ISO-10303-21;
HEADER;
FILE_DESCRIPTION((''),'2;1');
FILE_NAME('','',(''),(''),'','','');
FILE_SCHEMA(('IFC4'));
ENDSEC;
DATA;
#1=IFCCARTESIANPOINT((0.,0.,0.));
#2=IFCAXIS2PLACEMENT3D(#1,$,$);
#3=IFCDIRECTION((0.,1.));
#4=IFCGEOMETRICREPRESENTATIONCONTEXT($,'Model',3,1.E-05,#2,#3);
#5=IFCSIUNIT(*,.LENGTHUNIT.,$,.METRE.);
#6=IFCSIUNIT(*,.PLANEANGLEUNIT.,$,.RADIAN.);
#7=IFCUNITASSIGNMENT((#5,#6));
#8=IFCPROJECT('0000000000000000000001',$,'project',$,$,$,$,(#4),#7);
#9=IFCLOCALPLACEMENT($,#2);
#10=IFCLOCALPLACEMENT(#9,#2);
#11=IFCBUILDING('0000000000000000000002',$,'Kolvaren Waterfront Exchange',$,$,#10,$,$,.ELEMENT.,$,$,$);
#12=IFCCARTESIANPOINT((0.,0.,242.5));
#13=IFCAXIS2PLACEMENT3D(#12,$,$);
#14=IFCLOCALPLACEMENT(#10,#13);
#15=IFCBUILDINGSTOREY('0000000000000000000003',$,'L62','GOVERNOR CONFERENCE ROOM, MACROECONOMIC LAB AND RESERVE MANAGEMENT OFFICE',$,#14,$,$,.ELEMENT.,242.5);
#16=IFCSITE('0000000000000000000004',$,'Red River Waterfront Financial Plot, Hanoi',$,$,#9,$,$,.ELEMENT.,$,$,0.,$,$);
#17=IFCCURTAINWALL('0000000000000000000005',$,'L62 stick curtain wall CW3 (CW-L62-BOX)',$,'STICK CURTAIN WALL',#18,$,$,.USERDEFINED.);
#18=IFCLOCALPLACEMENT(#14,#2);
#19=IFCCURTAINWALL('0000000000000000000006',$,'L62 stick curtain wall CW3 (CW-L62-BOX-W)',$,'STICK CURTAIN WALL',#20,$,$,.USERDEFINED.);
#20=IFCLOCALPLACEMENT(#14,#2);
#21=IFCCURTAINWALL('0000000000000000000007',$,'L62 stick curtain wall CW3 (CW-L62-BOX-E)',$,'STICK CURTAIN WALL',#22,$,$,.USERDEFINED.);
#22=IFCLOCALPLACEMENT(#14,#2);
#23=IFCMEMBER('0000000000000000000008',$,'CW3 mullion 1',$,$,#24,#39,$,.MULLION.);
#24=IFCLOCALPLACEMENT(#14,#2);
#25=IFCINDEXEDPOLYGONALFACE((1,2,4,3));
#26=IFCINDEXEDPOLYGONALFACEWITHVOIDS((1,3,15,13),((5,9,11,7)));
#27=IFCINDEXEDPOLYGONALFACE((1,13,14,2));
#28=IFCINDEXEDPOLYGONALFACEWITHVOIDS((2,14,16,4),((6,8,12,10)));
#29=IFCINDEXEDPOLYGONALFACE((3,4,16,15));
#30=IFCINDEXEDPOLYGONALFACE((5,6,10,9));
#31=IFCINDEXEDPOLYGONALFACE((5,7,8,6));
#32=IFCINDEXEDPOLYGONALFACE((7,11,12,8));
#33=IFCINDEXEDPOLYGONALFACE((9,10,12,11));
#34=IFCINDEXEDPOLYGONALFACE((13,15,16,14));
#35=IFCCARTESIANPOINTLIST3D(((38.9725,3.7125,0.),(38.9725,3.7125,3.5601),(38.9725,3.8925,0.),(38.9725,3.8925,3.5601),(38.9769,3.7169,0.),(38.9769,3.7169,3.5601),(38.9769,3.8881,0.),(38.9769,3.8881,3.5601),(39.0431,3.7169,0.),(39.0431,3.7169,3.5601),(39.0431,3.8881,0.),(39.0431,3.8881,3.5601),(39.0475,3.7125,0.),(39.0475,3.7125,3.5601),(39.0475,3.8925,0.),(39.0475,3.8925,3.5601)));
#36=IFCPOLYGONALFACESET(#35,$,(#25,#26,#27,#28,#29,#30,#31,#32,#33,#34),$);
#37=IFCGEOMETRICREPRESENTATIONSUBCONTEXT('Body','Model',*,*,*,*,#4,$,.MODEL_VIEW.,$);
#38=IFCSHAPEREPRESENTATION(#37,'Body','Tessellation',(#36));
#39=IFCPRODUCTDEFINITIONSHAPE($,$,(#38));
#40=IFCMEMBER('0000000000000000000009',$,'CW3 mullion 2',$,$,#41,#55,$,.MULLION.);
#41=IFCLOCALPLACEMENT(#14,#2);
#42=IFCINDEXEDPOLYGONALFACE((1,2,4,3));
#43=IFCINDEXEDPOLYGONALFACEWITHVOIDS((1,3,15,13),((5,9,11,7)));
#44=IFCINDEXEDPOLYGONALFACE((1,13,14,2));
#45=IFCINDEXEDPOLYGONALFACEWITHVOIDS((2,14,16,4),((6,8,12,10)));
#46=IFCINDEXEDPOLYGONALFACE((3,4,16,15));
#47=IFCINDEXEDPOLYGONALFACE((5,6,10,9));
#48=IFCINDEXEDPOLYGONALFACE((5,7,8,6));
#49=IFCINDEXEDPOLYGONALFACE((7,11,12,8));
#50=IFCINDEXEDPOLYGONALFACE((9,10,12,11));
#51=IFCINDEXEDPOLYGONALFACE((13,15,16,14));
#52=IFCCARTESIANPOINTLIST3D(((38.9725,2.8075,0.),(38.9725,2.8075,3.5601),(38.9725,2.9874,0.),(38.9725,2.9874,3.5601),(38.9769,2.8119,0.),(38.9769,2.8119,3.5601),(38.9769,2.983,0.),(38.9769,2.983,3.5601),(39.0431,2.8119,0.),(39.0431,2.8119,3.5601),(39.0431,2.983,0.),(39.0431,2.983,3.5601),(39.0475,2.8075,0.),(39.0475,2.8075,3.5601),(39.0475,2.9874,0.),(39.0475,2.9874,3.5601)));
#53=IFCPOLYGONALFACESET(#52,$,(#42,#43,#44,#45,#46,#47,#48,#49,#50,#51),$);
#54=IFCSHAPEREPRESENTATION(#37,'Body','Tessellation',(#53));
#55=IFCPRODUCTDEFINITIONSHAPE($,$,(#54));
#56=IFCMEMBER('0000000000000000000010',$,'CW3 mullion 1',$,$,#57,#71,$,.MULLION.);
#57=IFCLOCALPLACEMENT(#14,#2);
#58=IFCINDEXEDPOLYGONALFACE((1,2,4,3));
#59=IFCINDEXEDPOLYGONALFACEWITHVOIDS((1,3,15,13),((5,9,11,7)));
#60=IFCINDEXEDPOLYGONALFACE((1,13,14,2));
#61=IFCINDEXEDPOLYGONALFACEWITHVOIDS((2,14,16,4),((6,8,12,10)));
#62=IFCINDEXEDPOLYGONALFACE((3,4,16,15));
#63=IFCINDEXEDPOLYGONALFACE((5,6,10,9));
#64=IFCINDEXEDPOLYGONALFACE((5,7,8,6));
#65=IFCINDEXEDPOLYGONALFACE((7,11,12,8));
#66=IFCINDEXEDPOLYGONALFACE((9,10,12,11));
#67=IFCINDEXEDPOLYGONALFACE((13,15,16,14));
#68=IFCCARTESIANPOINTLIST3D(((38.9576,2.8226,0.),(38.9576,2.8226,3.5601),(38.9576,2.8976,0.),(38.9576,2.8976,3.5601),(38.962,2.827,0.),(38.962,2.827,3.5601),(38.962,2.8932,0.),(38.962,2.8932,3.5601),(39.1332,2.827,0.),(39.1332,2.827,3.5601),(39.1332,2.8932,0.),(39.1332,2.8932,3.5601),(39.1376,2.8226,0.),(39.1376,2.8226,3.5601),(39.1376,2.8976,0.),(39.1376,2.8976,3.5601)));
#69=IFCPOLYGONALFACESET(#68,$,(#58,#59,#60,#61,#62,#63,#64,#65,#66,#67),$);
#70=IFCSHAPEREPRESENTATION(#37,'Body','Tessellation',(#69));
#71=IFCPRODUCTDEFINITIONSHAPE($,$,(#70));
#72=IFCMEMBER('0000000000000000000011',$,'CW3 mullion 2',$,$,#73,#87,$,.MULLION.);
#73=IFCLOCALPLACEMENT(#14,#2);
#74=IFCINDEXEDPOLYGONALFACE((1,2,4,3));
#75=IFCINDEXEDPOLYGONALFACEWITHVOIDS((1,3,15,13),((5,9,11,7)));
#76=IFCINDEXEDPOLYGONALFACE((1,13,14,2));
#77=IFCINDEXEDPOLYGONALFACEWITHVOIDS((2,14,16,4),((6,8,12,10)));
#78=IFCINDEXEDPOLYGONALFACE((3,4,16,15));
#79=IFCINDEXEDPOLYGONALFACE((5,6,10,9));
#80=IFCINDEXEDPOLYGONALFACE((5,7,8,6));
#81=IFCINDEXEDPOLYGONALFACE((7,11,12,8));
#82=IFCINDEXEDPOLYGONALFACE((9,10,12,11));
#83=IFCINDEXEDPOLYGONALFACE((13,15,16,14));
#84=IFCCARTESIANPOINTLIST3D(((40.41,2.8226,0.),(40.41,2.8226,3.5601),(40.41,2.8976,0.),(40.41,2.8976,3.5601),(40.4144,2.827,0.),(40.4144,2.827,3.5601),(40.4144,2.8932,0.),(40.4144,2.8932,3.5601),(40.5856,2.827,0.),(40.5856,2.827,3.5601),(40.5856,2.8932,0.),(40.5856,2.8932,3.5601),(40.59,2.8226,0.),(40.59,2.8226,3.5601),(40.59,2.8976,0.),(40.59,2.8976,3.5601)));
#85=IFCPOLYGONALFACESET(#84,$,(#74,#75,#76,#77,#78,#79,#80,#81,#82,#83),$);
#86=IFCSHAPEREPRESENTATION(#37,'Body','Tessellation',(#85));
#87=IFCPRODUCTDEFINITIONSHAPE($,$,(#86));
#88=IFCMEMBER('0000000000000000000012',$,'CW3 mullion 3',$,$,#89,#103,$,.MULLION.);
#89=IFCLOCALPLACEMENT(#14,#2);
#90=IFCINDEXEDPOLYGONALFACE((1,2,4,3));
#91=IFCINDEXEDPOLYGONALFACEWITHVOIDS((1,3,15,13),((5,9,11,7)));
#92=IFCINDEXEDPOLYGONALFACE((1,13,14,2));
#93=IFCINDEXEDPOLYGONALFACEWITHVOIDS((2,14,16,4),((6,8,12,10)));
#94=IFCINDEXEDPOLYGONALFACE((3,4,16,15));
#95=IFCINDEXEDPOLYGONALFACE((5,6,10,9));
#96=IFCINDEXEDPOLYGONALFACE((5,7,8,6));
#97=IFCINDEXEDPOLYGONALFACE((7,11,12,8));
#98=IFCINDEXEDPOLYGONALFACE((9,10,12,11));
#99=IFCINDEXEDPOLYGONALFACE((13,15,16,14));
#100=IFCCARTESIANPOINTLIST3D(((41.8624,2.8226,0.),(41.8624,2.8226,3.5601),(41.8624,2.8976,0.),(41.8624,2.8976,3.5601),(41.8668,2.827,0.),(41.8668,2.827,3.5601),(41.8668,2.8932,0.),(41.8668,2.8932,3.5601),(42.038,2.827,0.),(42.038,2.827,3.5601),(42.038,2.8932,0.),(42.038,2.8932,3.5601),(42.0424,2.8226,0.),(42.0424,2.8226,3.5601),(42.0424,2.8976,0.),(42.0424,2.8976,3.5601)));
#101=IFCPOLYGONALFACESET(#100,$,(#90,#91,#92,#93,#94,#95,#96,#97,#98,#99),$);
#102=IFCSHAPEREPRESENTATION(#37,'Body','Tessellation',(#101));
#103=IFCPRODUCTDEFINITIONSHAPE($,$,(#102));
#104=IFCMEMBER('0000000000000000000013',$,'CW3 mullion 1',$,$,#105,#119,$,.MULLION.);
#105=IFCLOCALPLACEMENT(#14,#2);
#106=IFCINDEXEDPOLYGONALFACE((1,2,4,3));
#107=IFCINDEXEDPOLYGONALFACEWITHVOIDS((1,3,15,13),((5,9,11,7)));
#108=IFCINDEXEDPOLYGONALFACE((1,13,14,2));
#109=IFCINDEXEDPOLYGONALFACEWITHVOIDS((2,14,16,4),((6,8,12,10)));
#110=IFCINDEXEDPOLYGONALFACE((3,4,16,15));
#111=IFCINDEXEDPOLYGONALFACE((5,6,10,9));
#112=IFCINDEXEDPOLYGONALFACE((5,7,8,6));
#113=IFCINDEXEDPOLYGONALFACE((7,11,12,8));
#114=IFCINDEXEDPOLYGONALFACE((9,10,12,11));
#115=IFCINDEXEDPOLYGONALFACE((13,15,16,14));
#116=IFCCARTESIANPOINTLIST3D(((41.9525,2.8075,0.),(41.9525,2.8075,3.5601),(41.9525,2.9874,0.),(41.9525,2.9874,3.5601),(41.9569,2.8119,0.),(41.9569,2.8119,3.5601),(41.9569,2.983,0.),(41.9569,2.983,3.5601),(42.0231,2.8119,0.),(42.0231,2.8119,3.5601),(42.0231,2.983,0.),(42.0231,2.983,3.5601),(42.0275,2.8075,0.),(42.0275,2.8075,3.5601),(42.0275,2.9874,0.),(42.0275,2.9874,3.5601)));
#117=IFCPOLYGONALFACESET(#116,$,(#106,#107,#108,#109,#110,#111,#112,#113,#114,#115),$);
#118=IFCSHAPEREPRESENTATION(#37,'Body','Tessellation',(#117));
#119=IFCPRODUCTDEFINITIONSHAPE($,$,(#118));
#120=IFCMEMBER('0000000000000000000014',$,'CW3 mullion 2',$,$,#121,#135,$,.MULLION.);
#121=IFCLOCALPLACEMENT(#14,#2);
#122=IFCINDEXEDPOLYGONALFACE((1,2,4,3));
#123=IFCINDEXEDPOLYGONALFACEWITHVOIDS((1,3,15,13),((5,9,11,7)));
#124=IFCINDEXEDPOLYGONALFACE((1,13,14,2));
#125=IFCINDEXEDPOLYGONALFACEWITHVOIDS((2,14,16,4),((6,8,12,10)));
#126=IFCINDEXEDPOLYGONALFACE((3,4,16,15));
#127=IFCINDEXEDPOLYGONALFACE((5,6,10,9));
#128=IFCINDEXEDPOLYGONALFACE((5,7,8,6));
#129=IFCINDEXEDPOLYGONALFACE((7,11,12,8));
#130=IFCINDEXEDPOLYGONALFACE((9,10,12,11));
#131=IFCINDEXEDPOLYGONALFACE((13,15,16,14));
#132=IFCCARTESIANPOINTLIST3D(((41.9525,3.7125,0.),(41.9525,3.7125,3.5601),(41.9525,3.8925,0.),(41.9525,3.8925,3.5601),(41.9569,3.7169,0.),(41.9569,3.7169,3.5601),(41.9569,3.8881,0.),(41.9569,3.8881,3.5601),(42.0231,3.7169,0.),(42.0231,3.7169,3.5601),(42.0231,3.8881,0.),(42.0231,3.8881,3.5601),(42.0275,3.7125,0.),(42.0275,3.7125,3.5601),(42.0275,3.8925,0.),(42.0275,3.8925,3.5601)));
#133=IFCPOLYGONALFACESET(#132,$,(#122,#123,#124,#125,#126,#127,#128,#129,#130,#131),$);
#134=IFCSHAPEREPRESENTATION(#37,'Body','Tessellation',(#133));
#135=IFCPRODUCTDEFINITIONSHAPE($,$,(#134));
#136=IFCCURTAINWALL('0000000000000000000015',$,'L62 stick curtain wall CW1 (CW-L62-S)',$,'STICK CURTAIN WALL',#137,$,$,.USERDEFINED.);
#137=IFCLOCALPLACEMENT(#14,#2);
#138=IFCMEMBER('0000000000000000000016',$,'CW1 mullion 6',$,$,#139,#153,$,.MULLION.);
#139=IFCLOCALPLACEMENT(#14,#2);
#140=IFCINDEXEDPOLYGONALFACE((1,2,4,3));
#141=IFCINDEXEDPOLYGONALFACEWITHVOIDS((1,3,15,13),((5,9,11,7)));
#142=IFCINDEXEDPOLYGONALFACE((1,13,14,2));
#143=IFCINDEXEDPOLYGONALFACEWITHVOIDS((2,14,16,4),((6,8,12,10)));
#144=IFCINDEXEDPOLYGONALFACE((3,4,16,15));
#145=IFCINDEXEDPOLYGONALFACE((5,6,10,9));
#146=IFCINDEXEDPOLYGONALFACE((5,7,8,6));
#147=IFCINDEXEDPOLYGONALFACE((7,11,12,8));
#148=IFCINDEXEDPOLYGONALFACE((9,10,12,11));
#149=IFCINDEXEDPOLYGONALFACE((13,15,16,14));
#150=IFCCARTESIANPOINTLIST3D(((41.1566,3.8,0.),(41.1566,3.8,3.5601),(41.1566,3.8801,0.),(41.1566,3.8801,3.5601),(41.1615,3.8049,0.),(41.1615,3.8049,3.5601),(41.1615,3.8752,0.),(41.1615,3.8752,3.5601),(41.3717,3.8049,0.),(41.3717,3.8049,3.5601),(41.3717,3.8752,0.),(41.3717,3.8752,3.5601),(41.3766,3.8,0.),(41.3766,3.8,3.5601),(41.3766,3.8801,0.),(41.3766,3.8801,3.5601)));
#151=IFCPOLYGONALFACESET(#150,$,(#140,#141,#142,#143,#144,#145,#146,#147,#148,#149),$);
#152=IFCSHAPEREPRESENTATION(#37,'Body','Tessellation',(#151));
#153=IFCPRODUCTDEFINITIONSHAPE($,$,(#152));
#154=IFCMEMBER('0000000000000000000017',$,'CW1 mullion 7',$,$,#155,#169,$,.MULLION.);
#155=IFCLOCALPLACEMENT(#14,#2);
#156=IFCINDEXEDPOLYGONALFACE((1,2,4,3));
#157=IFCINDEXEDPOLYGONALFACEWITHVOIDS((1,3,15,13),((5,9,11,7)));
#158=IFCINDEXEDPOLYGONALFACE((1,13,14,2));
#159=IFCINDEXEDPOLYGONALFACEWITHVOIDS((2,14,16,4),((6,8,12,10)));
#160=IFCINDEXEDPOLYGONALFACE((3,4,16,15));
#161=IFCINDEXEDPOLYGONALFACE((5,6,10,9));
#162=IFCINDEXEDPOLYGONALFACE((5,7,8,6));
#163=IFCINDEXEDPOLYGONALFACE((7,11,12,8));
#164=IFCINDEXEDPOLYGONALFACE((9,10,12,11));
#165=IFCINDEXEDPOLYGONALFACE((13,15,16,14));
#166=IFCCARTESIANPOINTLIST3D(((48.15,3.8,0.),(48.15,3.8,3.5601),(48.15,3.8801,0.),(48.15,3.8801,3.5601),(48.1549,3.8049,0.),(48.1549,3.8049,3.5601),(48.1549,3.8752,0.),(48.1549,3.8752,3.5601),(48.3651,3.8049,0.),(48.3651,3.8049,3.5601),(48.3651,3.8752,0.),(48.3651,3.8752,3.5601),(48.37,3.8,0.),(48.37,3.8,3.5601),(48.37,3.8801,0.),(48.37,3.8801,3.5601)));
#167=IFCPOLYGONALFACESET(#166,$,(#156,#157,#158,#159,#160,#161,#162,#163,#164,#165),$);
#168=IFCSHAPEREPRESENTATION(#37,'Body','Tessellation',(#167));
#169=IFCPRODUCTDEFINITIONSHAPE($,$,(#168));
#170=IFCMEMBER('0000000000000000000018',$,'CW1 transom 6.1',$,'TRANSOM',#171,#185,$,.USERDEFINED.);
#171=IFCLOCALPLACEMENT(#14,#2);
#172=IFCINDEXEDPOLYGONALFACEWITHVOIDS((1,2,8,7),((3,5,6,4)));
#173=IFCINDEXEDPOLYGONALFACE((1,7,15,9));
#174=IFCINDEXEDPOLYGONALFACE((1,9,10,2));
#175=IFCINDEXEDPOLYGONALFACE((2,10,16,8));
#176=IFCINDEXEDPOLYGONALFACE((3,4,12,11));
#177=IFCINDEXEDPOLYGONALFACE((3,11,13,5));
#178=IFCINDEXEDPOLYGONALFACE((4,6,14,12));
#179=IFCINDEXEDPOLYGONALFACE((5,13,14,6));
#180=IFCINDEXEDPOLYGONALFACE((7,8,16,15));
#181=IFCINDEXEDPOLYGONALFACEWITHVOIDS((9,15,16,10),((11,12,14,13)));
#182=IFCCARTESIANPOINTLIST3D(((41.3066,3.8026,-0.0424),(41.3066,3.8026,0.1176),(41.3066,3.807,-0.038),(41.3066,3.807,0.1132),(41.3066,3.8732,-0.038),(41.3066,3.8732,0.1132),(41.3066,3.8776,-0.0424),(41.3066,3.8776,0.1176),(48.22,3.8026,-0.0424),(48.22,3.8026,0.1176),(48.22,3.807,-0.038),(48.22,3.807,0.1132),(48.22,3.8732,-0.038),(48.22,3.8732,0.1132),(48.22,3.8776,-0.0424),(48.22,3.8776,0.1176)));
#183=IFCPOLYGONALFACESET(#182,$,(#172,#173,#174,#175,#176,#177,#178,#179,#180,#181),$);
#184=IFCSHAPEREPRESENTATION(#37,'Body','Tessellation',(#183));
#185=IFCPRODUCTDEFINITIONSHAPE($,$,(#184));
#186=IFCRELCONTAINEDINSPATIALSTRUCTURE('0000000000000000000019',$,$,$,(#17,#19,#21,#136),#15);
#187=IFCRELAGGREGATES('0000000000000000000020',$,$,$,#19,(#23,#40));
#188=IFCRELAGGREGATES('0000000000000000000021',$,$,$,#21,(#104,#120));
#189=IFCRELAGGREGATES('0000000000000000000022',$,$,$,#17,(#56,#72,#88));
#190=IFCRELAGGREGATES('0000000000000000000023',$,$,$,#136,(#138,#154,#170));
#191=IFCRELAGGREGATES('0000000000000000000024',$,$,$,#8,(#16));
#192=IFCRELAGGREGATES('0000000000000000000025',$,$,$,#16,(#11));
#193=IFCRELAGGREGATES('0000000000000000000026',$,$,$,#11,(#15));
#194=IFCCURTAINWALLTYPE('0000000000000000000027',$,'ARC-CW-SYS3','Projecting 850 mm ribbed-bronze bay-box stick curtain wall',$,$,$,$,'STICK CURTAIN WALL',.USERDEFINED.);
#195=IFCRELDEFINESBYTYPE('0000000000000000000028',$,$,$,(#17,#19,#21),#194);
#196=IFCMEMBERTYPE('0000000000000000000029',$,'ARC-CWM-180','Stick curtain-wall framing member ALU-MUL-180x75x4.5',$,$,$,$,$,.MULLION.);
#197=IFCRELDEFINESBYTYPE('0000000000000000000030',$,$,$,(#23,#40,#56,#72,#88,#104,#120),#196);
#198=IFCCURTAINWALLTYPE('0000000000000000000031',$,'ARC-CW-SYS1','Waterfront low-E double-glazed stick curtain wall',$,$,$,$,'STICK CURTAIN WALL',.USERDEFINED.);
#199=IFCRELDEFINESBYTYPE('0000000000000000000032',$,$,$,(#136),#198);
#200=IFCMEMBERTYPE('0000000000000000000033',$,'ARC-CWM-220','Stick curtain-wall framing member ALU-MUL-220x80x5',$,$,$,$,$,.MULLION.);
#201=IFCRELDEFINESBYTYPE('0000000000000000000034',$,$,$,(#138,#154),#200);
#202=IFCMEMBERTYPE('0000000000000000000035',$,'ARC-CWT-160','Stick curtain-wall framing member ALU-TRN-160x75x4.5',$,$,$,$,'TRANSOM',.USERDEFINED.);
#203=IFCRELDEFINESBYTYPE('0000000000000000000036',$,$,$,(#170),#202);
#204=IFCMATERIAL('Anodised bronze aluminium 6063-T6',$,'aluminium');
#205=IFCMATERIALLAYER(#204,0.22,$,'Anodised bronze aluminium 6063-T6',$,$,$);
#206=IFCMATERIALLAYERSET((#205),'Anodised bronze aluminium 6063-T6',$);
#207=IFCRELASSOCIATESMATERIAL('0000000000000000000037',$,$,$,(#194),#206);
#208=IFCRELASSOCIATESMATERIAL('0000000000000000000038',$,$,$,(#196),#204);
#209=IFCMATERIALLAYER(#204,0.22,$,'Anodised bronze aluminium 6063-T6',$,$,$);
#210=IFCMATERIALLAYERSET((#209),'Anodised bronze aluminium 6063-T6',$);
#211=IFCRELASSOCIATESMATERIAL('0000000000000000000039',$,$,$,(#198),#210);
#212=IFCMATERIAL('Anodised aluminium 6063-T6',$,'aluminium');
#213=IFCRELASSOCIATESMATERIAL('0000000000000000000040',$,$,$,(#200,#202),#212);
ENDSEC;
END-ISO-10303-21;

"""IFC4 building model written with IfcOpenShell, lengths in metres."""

from ifc_helpers import new_model, si_unit, direction, frame, origin, origin_with_axes, origin_2d, place, context, subcontext, project, spatial, hollow_rectangle, extrude, source, transform, mapped, material, layer, layer_set, material_profile, profile_set, type_object, element, aggregate, save


model = new_model("IFC4")

# Units and contexts
model_context = context("Model", 3, precision=1e-05, world=origin(), true_north=direction((0.0, 1.0)))
body_context = subcontext(model_context, "Body", "Model", "MODEL_VIEW")
ifc_project = project(units=[si_unit("LENGTHUNIT", "METRE"), si_unit("PLANEANGLEUNIT", "RADIAN")], contexts=[model_context])

# Site, building, storey
site_placement = place(None, origin())
site = spatial("IfcSite", under=ifc_project, at=site_placement, Name="Red River Waterfront Financial Plot, Hanoi", CompositionType="ELEMENT", RefElevation=0.0)
building_placement = place(site_placement, origin())
building = spatial("IfcBuilding", under=site, at=building_placement, Name="Kolvaren Waterfront Exchange", CompositionType="ELEMENT")
storey_placement = place(building_placement, frame((0.0, 0.0, 242.5)))
storey = spatial("IfcBuildingStorey", under=building, at=storey_placement, Name="L62", Description="GOVERNOR CONFERENCE ROOM, MACROECONOMIC LAB AND RESERVE MANAGEMENT OFFICE", CompositionType="ELEMENT", Elevation=242.5)

# Curtain walls
ifc_material_1 = material(Name="Anodised bronze aluminium 6063-T6", Category="aluminium")
ifc_layer_1 = layer(ifc_material_1, 0.22, Name="Anodised bronze aluminium 6063-T6")
ifc_layer_set_1 = layer_set([ifc_layer_1], Name="Anodised bronze aluminium 6063-T6")
curtain_wall_type_1 = type_object("IfcCurtainWallType", Name="ARC-CW-SYS3", Description="Projecting 850 mm ribbed-bronze bay-box stick curtain wall", ElementType="STICK CURTAIN WALL", PredefinedType="USERDEFINED", material=ifc_layer_set_1)
curtain_wall_1_placement = place(storey_placement, origin())
curtain_wall_1 = element("IfcCurtainWall", 1, at=curtain_wall_1_placement, inside=storey, type_object=curtain_wall_type_1, Name="L62 stick curtain wall CW3 (CW-L62-BOX)", ObjectType="STICK CURTAIN WALL", PredefinedType="USERDEFINED")
curtain_wall_2_placement = place(storey_placement, origin())
curtain_wall_2 = element("IfcCurtainWall", 2, at=curtain_wall_2_placement, inside=storey, type_object=curtain_wall_type_1, Name="L62 stick curtain wall CW3 (CW-L62-BOX-W)", ObjectType="STICK CURTAIN WALL", PredefinedType="USERDEFINED")
curtain_wall_3_placement = place(storey_placement, origin())
curtain_wall_3 = element("IfcCurtainWall", 3, at=curtain_wall_3_placement, inside=storey, type_object=curtain_wall_type_1, Name="L62 stick curtain wall CW3 (CW-L62-BOX-E)", ObjectType="STICK CURTAIN WALL", PredefinedType="USERDEFINED")

# Members
ifc_material_profile_1 = material_profile(ifc_material_1, hollow_rectangle(XDim=0.075, YDim=0.1799, WallThickness=0.0044, at=origin_2d()), Name="ALU-MUL-180x75x4.5")
ifc_profile_set_1 = profile_set([ifc_material_profile_1], Name="Anodised bronze aluminium 6063-T6")
member_type_1 = type_object("IfcMemberType", Name="ARC-CWM-180", Description="Stick curtain-wall framing member ALU-MUL-180x75x4.5", PredefinedType="MULLION", material=ifc_profile_set_1)
shared_shape_1 = source(origin_with_axes(), body_context, "Body", "SweptSolid", [
    extrude(hollow_rectangle(XDim=0.075, YDim=0.1799, WallThickness=0.0044, at=origin_2d()), origin(), (0.0, 0.0, 1.0), 3.5601),
])
member_1_placement = place(storey_placement, frame((39.01, 3.8025, 0.0), z_axis=(0.0, 0.0, 1.0), x_axis=(1.0, 0.0, 0.0)))
member_1 = element("IfcMember", 4, at=member_1_placement, type_object=member_type_1, Name="CW3 mullion 1", PredefinedType="MULLION", context=body_context, shape_type="MappedRepresentation", body=[
    mapped(shared_shape_1, transform((0.0, 0.0, 0.0), x_axis=(1.0, 0.0, 0.0), y_axis=(0.0, 1.0, 0.0), z_axis=(0.0, 0.0, 1.0), scale=1.0)),
])
member_2_placement = place(storey_placement, frame((39.01, 2.8975, 0.0), z_axis=(0.0, 0.0, 1.0), x_axis=(1.0, 0.0, 0.0)))
member_2 = element("IfcMember", 5, at=member_2_placement, type_object=member_type_1, Name="CW3 mullion 2", PredefinedType="MULLION", context=body_context, shape_type="MappedRepresentation", body=[
    mapped(shared_shape_1, transform((0.0, 0.0, 0.0), x_axis=(1.0, 0.0, 0.0), y_axis=(0.0, 1.0, 0.0), z_axis=(0.0, 0.0, 1.0), scale=1.0)),
])
member_3_placement = place(storey_placement, frame((39.0476, 2.8601, 0.0), z_axis=(0.0, 0.0, 1.0), x_axis=(0.0, 1.0, 0.0)))
member_3 = element("IfcMember", 6, at=member_3_placement, type_object=member_type_1, Name="CW3 mullion 1", PredefinedType="MULLION", context=body_context, shape_type="MappedRepresentation", body=[
    mapped(shared_shape_1, transform((0.0, 0.0, 0.0), x_axis=(1.0, 0.0, 0.0), y_axis=(0.0, 1.0, 0.0), z_axis=(0.0, 0.0, 1.0), scale=1.0)),
])
member_4_placement = place(storey_placement, frame((40.5, 2.8601, 0.0), z_axis=(0.0, 0.0, 1.0), x_axis=(0.0, 1.0, 0.0)))
member_4 = element("IfcMember", 7, at=member_4_placement, type_object=member_type_1, Name="CW3 mullion 2", PredefinedType="MULLION", context=body_context, shape_type="MappedRepresentation", body=[
    mapped(shared_shape_1, transform((0.0, 0.0, 0.0), x_axis=(1.0, 0.0, 0.0), y_axis=(0.0, 1.0, 0.0), z_axis=(0.0, 0.0, 1.0), scale=1.0)),
])
member_5_placement = place(storey_placement, frame((41.9524, 2.8601, 0.0), z_axis=(0.0, 0.0, 1.0), x_axis=(0.0, 1.0, 0.0)))
member_5 = element("IfcMember", 8, at=member_5_placement, type_object=member_type_1, Name="CW3 mullion 3", PredefinedType="MULLION", context=body_context, shape_type="MappedRepresentation", body=[
    mapped(shared_shape_1, transform((0.0, 0.0, 0.0), x_axis=(1.0, 0.0, 0.0), y_axis=(0.0, 1.0, 0.0), z_axis=(0.0, 0.0, 1.0), scale=1.0)),
])
member_6_placement = place(storey_placement, frame((41.99, 2.8975, 0.0), z_axis=(0.0, 0.0, 1.0), x_axis=(-1.0, 0.0, 0.0)))
member_6 = element("IfcMember", 9, at=member_6_placement, type_object=member_type_1, Name="CW3 mullion 1", PredefinedType="MULLION", context=body_context, shape_type="MappedRepresentation", body=[
    mapped(shared_shape_1, transform((0.0, 0.0, 0.0), x_axis=(1.0, 0.0, 0.0), y_axis=(0.0, 1.0, 0.0), z_axis=(0.0, 0.0, 1.0), scale=1.0)),
])
member_7_placement = place(storey_placement, frame((41.99, 3.8025, 0.0), z_axis=(0.0, 0.0, 1.0), x_axis=(-1.0, 0.0, 0.0)))
member_7 = element("IfcMember", 10, at=member_7_placement, type_object=member_type_1, Name="CW3 mullion 2", PredefinedType="MULLION", context=body_context, shape_type="MappedRepresentation", body=[
    mapped(shared_shape_1, transform((0.0, 0.0, 0.0), x_axis=(1.0, 0.0, 0.0), y_axis=(0.0, 1.0, 0.0), z_axis=(0.0, 0.0, 1.0), scale=1.0)),
])

# Curtain wall, members
ifc_layer_2 = layer(ifc_material_1, 0.22, Name="Anodised bronze aluminium 6063-T6")
ifc_layer_set_2 = layer_set([ifc_layer_2], Name="Anodised bronze aluminium 6063-T6")
curtain_wall_type_2 = type_object("IfcCurtainWallType", Name="ARC-CW-SYS1", Description="Waterfront low-E double-glazed stick curtain wall", ElementType="STICK CURTAIN WALL", PredefinedType="USERDEFINED", material=ifc_layer_set_2)
curtain_wall_4_placement = place(storey_placement, origin())
curtain_wall_4 = element("IfcCurtainWall", 11, at=curtain_wall_4_placement, inside=storey, type_object=curtain_wall_type_2, Name="L62 stick curtain wall CW1 (CW-L62-S)", ObjectType="STICK CURTAIN WALL", PredefinedType="USERDEFINED")
ifc_material_2 = material(Name="Anodised aluminium 6063-T6", Category="aluminium")
ifc_material_profile_2 = material_profile(ifc_material_2, hollow_rectangle(XDim=0.0801, YDim=0.22, WallThickness=0.0049, at=origin_2d()), Name="ALU-MUL-220x80x5")
ifc_profile_set_2 = profile_set([ifc_material_profile_2], Name="Anodised aluminium 6063-T6")
member_type_2 = type_object("IfcMemberType", Name="ARC-CWM-220", Description="Stick curtain-wall framing member ALU-MUL-220x80x5", PredefinedType="MULLION", material=ifc_profile_set_2)
shared_shape_2 = source(origin_with_axes(), body_context, "Body", "SweptSolid", [
    extrude(hollow_rectangle(XDim=0.0801, YDim=0.22, WallThickness=0.0049, at=origin_2d()), origin(), (0.0, 0.0, 1.0), 3.5601),
])
member_8_placement = place(storey_placement, frame((41.2666, 3.8401, 0.0), z_axis=(0.0, 0.0, 1.0), x_axis=(0.0, 1.0, 0.0)))
member_8 = element("IfcMember", 12, at=member_8_placement, type_object=member_type_2, Name="CW1 mullion 6", PredefinedType="MULLION", context=body_context, shape_type="MappedRepresentation", body=[
    mapped(shared_shape_2, transform((0.0, 0.0, 0.0), x_axis=(1.0, 0.0, 0.0), y_axis=(0.0, 1.0, 0.0), z_axis=(0.0, 0.0, 1.0), scale=1.0)),
])
member_9_placement = place(storey_placement, frame((48.26, 3.8401, 0.0), z_axis=(0.0, 0.0, 1.0), x_axis=(0.0, 1.0, 0.0)))
member_9 = element("IfcMember", 13, at=member_9_placement, type_object=member_type_2, Name="CW1 mullion 7", PredefinedType="MULLION", context=body_context, shape_type="MappedRepresentation", body=[
    mapped(shared_shape_2, transform((0.0, 0.0, 0.0), x_axis=(1.0, 0.0, 0.0), y_axis=(0.0, 1.0, 0.0), z_axis=(0.0, 0.0, 1.0), scale=1.0)),
])
ifc_material_profile_3 = material_profile(ifc_material_2, hollow_rectangle(XDim=0.075, YDim=0.1599, WallThickness=0.0044, at=origin_2d()), Name="ALU-TRN-160x75x4.5")
ifc_profile_set_3 = profile_set([ifc_material_profile_3], Name="Anodised aluminium 6063-T6")
member_type_3 = type_object("IfcMemberType", Name="ARC-CWT-160", Description="Stick curtain-wall framing member ALU-TRN-160x75x4.5", ElementType="TRANSOM", PredefinedType="USERDEFINED", material=ifc_profile_set_3)
shared_shape_3 = source(origin_with_axes(), body_context, "Body", "SweptSolid", [
    extrude(hollow_rectangle(XDim=0.075, YDim=0.1599, WallThickness=0.0044, at=origin_2d()), origin(), (0.0, 0.0, 1.0), 6.9133),
])
member_10_placement = place(storey_placement, frame((41.3066, 3.8401, 0.0376), z_axis=(1.0, 0.0, 0.0), x_axis=(0.0, 1.0, 0.0)))
member_10 = element("IfcMember", 14, at=member_10_placement, type_object=member_type_3, Name="CW1 transom 6.1", ObjectType="TRANSOM", PredefinedType="USERDEFINED", context=body_context, shape_type="MappedRepresentation", body=[
    mapped(shared_shape_3, transform((0.0, 0.0, 0.0), x_axis=(1.0, 0.0, 0.0), y_axis=(0.0, 1.0, 0.0), z_axis=(0.0, 0.0, 1.0), scale=1.0)),
])

aggregate(curtain_wall_2, [member_1, member_2])
aggregate(curtain_wall_3, [member_6, member_7])
aggregate(curtain_wall_1, [member_3, member_4, member_5])
aggregate(curtain_wall_4, [member_8, member_9, member_10])

save(model, "model.ifc")
